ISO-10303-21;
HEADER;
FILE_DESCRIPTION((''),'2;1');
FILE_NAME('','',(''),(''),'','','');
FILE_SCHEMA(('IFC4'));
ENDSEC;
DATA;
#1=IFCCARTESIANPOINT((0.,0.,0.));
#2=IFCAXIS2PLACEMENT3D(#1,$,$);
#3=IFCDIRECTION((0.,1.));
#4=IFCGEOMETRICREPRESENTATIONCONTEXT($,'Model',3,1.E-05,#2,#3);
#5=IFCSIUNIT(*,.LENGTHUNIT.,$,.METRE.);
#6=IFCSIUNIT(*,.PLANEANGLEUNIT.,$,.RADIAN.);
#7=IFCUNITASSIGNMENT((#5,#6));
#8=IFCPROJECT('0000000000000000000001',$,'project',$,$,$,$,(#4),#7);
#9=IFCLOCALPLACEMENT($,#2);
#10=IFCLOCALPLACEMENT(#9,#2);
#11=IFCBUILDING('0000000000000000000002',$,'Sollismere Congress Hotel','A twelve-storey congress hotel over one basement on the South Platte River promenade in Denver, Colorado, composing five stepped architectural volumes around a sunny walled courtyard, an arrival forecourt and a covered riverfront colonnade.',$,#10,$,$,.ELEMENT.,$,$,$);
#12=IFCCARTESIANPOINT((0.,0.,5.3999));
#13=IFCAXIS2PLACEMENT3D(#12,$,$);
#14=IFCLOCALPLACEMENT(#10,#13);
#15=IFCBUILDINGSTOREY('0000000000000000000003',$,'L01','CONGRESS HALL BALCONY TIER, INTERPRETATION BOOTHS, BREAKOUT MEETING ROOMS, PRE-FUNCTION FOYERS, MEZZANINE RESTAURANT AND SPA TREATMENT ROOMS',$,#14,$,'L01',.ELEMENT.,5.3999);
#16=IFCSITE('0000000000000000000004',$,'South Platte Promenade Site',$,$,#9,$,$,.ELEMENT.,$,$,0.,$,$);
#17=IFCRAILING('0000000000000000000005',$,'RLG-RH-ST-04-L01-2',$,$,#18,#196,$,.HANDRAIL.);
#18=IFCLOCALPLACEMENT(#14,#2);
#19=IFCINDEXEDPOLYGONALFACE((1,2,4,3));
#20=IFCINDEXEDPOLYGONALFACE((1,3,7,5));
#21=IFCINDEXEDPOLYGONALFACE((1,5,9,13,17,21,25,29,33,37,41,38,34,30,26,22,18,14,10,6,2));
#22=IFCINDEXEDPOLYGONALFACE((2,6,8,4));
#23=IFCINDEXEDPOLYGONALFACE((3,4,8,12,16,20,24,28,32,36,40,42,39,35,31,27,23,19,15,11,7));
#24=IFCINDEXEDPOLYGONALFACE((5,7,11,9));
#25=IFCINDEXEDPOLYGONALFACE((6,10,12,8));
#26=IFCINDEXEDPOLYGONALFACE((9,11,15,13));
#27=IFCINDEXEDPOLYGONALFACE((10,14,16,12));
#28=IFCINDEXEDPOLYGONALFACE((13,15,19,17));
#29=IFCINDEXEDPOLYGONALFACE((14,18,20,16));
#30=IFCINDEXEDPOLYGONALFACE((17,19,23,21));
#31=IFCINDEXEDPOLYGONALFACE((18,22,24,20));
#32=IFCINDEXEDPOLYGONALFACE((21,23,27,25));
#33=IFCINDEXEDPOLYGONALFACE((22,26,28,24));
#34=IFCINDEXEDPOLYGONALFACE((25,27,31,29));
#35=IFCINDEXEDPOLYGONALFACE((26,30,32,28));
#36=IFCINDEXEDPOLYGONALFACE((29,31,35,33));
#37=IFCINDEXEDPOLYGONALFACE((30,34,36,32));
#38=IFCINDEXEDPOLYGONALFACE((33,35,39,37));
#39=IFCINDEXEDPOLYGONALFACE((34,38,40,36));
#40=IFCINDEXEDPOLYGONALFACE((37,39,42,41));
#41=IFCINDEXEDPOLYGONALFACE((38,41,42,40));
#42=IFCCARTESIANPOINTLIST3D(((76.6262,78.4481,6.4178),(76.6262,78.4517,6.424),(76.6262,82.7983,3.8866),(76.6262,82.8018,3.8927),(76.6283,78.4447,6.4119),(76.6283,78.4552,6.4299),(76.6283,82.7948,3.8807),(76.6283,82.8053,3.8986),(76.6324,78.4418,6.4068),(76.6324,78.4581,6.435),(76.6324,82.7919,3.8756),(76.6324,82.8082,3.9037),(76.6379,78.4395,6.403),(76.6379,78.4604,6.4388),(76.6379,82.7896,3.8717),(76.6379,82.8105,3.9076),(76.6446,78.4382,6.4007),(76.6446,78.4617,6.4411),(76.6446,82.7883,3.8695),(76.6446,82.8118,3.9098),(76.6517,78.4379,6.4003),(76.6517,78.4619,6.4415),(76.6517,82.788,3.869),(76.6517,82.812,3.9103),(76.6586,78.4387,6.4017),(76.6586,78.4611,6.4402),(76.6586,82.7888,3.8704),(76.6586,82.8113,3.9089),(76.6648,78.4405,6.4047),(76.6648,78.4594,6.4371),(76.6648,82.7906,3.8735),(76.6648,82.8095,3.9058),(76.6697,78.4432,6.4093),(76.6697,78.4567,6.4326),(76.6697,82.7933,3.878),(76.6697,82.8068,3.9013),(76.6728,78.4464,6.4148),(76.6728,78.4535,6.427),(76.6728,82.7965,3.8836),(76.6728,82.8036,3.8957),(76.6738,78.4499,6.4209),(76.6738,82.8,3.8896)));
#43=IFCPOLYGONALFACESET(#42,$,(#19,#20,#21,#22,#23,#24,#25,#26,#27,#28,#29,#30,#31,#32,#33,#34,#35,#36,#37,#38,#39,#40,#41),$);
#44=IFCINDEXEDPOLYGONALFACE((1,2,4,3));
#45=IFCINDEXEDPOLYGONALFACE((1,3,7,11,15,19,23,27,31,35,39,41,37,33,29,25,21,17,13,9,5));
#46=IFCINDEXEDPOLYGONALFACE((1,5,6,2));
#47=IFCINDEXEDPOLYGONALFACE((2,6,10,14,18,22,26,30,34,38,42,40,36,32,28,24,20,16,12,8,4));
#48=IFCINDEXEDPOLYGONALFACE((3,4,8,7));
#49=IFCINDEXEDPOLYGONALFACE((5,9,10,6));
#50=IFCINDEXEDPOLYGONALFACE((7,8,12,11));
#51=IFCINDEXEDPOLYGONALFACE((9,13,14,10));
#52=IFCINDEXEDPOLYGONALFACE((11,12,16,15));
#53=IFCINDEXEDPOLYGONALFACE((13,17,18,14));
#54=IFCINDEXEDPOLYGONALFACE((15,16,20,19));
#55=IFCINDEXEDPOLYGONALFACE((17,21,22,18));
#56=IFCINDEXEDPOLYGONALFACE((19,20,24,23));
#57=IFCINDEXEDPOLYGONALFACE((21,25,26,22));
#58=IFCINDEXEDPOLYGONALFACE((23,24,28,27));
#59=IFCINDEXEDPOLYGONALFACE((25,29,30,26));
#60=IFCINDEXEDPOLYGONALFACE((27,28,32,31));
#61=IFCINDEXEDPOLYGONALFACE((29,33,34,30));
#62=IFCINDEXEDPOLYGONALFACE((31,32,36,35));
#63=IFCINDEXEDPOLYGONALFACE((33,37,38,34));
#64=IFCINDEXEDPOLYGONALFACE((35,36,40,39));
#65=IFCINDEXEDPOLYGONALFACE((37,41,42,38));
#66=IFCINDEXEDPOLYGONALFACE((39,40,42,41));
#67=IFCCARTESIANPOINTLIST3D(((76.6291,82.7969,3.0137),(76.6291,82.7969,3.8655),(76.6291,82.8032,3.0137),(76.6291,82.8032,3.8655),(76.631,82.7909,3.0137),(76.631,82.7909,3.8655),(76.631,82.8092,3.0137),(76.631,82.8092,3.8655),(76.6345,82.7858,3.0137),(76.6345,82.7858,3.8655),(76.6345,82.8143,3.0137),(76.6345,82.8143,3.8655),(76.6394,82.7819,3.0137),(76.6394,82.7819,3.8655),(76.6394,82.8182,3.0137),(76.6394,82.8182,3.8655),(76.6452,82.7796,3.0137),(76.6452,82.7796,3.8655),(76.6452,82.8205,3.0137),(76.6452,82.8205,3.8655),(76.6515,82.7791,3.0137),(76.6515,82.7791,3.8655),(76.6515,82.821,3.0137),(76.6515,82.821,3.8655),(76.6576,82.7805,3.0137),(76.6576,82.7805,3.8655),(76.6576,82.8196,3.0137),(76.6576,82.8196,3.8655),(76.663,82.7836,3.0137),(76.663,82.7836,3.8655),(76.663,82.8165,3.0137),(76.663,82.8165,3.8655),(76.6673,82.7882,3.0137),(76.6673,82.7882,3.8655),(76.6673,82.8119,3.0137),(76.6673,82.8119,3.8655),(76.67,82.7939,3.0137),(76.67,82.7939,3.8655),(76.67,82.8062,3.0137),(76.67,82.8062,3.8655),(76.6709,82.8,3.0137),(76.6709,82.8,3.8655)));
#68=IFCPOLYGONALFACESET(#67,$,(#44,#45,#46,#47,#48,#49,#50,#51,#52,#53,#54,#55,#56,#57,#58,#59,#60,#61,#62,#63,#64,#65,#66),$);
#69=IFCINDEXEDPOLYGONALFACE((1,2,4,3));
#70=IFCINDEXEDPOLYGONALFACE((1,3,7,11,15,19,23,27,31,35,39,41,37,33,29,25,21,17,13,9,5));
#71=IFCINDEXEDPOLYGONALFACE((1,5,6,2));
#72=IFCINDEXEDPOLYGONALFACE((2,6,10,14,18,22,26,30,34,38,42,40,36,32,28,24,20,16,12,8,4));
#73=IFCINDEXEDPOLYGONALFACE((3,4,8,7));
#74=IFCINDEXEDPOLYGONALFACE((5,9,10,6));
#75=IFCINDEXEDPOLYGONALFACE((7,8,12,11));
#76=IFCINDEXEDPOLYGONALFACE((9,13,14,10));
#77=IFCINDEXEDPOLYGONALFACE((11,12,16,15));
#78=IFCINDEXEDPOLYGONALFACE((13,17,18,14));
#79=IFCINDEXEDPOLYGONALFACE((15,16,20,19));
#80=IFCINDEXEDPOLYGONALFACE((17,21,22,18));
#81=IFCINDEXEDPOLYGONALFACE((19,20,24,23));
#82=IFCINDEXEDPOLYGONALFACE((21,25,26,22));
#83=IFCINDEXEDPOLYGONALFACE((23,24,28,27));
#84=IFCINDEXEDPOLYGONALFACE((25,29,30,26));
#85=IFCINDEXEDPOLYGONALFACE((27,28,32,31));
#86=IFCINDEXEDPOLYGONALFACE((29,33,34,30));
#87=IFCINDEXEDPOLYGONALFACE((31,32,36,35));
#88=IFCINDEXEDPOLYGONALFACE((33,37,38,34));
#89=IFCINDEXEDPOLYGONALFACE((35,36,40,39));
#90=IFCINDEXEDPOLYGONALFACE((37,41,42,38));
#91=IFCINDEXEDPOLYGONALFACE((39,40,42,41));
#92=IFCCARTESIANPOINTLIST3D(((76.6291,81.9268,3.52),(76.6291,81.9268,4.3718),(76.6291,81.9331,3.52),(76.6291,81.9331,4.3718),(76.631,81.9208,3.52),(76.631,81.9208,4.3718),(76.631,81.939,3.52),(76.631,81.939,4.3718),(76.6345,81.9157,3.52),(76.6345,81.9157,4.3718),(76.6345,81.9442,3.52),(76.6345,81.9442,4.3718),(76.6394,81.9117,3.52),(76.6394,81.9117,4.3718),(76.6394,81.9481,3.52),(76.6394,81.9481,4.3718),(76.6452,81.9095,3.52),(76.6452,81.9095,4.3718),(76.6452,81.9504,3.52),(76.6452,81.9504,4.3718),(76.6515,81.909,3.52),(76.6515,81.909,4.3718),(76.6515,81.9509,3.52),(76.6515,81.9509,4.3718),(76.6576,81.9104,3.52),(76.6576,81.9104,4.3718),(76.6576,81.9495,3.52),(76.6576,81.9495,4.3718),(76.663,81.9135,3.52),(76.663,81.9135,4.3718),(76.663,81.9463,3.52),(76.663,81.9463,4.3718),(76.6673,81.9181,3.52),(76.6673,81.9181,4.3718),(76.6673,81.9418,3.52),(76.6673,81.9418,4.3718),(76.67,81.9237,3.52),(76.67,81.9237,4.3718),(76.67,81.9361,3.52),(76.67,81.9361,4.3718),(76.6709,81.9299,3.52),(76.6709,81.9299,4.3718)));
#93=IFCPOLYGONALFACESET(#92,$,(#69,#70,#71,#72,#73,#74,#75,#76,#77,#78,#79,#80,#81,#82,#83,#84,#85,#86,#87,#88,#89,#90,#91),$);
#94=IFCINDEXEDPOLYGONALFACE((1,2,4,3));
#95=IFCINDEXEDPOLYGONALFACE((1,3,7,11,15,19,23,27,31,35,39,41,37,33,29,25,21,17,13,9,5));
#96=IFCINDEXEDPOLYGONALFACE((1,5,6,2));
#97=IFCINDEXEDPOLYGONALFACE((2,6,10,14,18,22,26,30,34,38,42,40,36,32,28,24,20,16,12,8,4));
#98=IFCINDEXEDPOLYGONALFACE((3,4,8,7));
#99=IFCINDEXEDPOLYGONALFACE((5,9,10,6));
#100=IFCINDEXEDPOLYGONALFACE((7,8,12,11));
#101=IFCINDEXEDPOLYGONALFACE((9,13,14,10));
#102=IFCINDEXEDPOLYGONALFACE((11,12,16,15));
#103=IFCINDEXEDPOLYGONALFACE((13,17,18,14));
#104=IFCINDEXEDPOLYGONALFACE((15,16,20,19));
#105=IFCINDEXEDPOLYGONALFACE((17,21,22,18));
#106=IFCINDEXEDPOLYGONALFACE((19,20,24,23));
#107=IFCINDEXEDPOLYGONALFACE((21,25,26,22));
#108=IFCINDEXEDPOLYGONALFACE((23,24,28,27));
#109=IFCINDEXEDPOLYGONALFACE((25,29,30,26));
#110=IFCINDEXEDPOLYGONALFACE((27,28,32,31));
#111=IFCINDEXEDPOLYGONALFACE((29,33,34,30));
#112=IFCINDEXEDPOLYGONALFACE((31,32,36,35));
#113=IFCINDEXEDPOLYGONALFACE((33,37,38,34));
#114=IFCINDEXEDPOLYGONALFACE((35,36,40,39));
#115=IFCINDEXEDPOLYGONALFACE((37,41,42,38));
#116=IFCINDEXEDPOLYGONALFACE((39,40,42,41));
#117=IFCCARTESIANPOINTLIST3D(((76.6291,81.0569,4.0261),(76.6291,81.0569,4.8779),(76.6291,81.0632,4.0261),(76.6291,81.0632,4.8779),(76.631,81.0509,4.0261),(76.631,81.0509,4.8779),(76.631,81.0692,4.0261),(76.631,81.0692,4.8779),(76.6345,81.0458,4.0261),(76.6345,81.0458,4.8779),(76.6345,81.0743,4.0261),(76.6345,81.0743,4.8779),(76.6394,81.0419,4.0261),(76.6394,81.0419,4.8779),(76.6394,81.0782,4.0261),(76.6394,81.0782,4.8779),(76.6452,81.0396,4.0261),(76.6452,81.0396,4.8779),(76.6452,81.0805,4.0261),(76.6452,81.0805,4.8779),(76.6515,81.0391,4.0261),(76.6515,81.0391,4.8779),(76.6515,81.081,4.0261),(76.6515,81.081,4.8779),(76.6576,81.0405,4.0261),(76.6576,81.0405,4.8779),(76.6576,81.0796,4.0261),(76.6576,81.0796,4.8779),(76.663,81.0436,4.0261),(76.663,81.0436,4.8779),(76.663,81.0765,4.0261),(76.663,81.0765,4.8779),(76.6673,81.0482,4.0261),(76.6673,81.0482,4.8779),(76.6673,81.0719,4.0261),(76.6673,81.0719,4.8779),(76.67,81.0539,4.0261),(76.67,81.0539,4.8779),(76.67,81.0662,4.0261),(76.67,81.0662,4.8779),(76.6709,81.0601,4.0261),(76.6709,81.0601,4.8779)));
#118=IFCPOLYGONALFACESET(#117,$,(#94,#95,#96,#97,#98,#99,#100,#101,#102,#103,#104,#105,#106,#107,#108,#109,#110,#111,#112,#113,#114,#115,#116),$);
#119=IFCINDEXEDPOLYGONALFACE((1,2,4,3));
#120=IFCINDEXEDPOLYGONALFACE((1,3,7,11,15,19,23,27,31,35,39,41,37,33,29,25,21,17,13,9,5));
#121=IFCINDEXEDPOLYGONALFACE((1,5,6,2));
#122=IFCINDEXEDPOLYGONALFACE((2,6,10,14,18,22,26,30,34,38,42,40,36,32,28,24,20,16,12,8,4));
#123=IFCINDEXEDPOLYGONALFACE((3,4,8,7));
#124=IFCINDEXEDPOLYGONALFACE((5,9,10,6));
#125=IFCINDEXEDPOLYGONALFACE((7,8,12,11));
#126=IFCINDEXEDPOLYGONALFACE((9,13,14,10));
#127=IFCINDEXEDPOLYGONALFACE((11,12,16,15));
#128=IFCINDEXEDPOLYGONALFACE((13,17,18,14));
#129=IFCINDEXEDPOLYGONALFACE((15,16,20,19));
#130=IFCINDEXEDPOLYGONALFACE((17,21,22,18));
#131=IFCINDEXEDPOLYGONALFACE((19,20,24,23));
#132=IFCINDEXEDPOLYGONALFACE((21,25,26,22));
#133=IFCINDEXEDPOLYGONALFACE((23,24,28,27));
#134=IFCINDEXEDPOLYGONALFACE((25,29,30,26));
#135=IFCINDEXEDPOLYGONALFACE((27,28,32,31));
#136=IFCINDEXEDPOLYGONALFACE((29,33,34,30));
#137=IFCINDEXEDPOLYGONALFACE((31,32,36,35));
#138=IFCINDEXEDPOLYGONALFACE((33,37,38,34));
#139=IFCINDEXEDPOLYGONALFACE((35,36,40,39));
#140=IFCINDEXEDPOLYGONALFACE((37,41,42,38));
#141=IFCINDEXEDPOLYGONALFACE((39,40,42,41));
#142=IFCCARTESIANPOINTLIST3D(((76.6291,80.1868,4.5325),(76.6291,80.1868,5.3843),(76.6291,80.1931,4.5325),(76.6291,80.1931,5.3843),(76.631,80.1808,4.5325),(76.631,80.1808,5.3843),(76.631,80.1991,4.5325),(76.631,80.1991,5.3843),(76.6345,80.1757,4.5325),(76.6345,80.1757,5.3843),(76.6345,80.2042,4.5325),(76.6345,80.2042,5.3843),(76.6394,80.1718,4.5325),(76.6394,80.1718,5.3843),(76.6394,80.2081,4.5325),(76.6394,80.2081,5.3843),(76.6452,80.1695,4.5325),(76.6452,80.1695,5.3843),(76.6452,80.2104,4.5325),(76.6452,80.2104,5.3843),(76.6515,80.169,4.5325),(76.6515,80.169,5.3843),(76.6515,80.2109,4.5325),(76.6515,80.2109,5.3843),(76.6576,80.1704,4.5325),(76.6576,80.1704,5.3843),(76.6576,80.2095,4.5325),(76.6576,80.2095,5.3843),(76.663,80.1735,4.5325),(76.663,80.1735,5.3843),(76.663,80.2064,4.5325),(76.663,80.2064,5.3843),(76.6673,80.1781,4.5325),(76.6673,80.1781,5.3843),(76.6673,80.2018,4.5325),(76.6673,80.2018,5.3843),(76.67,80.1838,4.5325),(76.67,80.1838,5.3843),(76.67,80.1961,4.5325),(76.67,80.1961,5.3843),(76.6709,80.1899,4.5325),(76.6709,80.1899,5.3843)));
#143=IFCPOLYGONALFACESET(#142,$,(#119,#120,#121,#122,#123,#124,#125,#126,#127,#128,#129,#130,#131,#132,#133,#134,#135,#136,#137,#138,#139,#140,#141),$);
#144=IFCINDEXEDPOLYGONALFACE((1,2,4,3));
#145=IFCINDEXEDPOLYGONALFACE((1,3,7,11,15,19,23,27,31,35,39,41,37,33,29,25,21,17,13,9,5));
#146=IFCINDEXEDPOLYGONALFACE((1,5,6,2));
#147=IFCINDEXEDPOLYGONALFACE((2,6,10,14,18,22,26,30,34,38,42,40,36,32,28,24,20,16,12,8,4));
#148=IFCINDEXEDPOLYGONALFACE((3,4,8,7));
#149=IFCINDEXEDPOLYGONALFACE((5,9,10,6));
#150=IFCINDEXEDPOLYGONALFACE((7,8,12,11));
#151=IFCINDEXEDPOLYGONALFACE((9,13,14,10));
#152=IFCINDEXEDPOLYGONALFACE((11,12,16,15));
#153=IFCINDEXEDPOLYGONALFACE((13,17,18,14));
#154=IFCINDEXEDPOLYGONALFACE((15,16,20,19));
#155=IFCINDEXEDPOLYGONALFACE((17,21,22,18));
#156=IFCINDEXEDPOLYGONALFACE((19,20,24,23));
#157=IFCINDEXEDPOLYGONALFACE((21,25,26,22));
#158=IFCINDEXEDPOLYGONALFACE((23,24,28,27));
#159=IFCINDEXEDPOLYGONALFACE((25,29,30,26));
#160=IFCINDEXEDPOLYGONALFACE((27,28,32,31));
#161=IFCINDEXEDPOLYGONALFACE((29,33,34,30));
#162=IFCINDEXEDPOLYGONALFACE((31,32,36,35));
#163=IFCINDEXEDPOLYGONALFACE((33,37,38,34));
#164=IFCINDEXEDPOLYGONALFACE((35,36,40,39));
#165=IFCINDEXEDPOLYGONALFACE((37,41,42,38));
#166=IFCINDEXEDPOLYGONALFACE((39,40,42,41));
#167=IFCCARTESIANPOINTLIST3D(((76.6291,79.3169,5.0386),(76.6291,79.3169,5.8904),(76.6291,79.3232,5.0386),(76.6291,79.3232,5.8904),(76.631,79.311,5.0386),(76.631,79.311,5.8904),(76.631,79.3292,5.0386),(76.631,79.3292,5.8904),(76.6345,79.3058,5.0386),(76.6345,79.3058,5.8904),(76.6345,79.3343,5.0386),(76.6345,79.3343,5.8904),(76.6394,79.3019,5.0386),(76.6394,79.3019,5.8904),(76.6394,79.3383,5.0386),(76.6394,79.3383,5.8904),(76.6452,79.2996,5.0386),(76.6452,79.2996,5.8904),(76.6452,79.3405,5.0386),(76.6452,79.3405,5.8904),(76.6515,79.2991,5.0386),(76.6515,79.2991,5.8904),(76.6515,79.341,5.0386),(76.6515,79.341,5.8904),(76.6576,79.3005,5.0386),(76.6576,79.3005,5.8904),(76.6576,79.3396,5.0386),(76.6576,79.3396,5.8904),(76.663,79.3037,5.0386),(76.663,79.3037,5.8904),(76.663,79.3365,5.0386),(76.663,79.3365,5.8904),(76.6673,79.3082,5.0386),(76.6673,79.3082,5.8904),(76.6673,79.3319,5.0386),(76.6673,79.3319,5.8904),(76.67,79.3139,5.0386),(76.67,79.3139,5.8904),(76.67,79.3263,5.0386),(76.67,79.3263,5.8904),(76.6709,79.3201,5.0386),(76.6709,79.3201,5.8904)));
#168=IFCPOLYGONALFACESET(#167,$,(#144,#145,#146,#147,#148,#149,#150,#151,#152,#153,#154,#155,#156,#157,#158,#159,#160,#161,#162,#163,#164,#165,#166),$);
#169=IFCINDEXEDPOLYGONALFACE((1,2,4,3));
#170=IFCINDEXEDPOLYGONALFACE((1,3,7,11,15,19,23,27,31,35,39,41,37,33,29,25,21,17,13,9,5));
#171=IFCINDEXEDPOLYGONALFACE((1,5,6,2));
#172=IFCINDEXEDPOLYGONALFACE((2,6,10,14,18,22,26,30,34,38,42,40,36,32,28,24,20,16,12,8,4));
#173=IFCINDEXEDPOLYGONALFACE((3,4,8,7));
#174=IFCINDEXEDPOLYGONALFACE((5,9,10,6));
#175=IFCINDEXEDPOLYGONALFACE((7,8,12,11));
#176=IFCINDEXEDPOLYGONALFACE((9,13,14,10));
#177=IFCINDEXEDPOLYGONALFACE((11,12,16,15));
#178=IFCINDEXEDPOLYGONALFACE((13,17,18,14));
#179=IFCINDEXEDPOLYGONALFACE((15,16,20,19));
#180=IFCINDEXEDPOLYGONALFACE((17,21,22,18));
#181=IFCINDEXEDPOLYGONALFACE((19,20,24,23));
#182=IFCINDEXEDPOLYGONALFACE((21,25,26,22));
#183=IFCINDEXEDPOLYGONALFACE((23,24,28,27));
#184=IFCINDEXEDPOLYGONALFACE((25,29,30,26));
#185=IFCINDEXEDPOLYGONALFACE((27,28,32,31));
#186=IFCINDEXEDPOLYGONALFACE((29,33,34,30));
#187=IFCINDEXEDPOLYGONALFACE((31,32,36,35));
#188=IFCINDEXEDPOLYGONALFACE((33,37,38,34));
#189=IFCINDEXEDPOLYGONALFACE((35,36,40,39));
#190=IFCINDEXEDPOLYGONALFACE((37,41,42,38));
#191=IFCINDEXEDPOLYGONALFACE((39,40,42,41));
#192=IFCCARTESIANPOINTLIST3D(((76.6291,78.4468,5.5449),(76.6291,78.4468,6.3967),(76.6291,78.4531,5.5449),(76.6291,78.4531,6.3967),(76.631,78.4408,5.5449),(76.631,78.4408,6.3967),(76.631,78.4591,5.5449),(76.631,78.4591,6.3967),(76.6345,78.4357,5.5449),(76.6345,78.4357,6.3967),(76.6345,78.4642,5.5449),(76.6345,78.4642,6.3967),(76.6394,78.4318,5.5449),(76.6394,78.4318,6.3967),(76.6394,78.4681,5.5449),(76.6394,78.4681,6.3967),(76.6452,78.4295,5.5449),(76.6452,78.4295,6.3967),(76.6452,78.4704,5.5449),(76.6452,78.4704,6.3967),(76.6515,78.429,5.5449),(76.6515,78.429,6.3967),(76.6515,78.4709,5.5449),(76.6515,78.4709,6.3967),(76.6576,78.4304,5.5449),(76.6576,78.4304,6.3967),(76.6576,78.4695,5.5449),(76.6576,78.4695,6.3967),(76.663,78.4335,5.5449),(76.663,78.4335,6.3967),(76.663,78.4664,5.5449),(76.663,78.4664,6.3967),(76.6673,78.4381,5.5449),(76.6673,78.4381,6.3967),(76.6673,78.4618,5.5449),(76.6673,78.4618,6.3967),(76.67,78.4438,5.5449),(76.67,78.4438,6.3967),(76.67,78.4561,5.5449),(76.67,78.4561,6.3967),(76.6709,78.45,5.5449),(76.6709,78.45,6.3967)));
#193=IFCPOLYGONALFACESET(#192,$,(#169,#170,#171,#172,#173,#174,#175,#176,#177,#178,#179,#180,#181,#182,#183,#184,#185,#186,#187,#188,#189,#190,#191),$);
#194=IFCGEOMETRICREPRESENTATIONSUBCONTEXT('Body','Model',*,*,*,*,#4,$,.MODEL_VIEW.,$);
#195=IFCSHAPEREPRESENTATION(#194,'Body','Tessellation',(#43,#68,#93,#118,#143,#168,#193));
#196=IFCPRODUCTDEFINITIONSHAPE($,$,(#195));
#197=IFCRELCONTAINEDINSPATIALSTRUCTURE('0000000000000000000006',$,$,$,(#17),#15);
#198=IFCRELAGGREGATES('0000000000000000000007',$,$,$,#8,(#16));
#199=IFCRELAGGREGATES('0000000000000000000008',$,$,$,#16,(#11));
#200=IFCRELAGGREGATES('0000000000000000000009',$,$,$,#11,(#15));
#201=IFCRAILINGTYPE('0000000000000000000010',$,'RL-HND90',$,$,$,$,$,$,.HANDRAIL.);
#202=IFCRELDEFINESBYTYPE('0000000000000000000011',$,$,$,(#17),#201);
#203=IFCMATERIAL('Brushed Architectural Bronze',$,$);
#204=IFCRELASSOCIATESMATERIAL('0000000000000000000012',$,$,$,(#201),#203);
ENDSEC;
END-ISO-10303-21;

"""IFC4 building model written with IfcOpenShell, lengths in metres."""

from ifc_helpers import new_model, si_unit, direction, frame, origin, origin_2d, place, context, subcontext, project, spatial, circle, extrude, material, type_object, element, save


model = new_model("IFC4")

# Units and contexts
model_context = context("Model", 3, precision=1e-05, world=origin(), true_north=direction((0.0, 1.0)))
body_context = subcontext(model_context, "Body", "Model", "MODEL_VIEW")
ifc_project = project(units=[si_unit("LENGTHUNIT", "METRE"), si_unit("PLANEANGLEUNIT", "RADIAN")], contexts=[model_context])

# Site, building, storey
site_placement = place(None, origin())
site = spatial("IfcSite", under=ifc_project, at=site_placement, Name="South Platte Promenade Site", CompositionType="ELEMENT", RefElevation=0.0)
building_placement = place(site_placement, origin())
building = spatial("IfcBuilding", under=site, at=building_placement, Name="Sollismere Congress Hotel", Description="A twelve-storey congress hotel over one basement on the South Platte River promenade in Denver, Colorado, composing five stepped architectural volumes around a sunny walled courtyard, an arrival forecourt and a covered riverfront colonnade.", CompositionType="ELEMENT")
storey_placement = place(building_placement, frame((0.0, 0.0, 5.3999)))
storey = spatial("IfcBuildingStorey", under=building, at=storey_placement, Name="L01", Description="CONGRESS HALL BALCONY TIER, INTERPRETATION BOOTHS, BREAKOUT MEETING ROOMS, PRE-FUNCTION FOYERS, MEZZANINE RESTAURANT AND SPA TREATMENT ROOMS", LongName="L01", CompositionType="ELEMENT", Elevation=5.3999)

# Railing
ifc_material_1 = material(Name="Brushed Architectural Bronze")
railing_type_1 = type_object("IfcRailingType", Name="RL-HND90", PredefinedType="HANDRAIL", material=ifc_material_1)
railing_1_placement = place(storey_placement, frame((76.6499, 82.8, 3.0137)))
element("IfcRailing", 1, at=railing_1_placement, inside=storey, type_object=railing_type_1, Name="RLG-RH-ST-04-L01-2", PredefinedType="HANDRAIL", context=body_context, shape_type="SweptSolid", body=[
    extrude(circle(Radius=0.0239, at=origin_2d()), frame((0.0, 0.0, 0.876), z_axis=(0.0, -0.864324, 0.502936), x_axis=(1.0, 0.0, 0.0)), (0.0, 0.0, 1.0), 5.033),
    extrude(circle(Radius=0.021, at=origin_2d()), origin(), (0.0, 0.0, 1.0), 0.8518),
    extrude(circle(Radius=0.021, at=origin_2d()), frame((0.0, -0.8701, 0.5063)), (0.0, 0.0, 1.0), 0.8518),
    extrude(circle(Radius=0.021, at=origin_2d()), frame((0.0, -1.74, 1.0125)), (0.0, 0.0, 1.0), 0.8518),
    extrude(circle(Radius=0.021, at=origin_2d()), frame((0.0, -2.6101, 1.5188)), (0.0, 0.0, 1.0), 0.8518),
    extrude(circle(Radius=0.021, at=origin_2d()), frame((0.0, -3.48, 2.0249)), (0.0, 0.0, 1.0), 0.8518),
    extrude(circle(Radius=0.021, at=origin_2d()), frame((0.0, -4.3501, 2.5312)), (0.0, 0.0, 1.0), 0.8518),
])

save(model, "model.ifc")
